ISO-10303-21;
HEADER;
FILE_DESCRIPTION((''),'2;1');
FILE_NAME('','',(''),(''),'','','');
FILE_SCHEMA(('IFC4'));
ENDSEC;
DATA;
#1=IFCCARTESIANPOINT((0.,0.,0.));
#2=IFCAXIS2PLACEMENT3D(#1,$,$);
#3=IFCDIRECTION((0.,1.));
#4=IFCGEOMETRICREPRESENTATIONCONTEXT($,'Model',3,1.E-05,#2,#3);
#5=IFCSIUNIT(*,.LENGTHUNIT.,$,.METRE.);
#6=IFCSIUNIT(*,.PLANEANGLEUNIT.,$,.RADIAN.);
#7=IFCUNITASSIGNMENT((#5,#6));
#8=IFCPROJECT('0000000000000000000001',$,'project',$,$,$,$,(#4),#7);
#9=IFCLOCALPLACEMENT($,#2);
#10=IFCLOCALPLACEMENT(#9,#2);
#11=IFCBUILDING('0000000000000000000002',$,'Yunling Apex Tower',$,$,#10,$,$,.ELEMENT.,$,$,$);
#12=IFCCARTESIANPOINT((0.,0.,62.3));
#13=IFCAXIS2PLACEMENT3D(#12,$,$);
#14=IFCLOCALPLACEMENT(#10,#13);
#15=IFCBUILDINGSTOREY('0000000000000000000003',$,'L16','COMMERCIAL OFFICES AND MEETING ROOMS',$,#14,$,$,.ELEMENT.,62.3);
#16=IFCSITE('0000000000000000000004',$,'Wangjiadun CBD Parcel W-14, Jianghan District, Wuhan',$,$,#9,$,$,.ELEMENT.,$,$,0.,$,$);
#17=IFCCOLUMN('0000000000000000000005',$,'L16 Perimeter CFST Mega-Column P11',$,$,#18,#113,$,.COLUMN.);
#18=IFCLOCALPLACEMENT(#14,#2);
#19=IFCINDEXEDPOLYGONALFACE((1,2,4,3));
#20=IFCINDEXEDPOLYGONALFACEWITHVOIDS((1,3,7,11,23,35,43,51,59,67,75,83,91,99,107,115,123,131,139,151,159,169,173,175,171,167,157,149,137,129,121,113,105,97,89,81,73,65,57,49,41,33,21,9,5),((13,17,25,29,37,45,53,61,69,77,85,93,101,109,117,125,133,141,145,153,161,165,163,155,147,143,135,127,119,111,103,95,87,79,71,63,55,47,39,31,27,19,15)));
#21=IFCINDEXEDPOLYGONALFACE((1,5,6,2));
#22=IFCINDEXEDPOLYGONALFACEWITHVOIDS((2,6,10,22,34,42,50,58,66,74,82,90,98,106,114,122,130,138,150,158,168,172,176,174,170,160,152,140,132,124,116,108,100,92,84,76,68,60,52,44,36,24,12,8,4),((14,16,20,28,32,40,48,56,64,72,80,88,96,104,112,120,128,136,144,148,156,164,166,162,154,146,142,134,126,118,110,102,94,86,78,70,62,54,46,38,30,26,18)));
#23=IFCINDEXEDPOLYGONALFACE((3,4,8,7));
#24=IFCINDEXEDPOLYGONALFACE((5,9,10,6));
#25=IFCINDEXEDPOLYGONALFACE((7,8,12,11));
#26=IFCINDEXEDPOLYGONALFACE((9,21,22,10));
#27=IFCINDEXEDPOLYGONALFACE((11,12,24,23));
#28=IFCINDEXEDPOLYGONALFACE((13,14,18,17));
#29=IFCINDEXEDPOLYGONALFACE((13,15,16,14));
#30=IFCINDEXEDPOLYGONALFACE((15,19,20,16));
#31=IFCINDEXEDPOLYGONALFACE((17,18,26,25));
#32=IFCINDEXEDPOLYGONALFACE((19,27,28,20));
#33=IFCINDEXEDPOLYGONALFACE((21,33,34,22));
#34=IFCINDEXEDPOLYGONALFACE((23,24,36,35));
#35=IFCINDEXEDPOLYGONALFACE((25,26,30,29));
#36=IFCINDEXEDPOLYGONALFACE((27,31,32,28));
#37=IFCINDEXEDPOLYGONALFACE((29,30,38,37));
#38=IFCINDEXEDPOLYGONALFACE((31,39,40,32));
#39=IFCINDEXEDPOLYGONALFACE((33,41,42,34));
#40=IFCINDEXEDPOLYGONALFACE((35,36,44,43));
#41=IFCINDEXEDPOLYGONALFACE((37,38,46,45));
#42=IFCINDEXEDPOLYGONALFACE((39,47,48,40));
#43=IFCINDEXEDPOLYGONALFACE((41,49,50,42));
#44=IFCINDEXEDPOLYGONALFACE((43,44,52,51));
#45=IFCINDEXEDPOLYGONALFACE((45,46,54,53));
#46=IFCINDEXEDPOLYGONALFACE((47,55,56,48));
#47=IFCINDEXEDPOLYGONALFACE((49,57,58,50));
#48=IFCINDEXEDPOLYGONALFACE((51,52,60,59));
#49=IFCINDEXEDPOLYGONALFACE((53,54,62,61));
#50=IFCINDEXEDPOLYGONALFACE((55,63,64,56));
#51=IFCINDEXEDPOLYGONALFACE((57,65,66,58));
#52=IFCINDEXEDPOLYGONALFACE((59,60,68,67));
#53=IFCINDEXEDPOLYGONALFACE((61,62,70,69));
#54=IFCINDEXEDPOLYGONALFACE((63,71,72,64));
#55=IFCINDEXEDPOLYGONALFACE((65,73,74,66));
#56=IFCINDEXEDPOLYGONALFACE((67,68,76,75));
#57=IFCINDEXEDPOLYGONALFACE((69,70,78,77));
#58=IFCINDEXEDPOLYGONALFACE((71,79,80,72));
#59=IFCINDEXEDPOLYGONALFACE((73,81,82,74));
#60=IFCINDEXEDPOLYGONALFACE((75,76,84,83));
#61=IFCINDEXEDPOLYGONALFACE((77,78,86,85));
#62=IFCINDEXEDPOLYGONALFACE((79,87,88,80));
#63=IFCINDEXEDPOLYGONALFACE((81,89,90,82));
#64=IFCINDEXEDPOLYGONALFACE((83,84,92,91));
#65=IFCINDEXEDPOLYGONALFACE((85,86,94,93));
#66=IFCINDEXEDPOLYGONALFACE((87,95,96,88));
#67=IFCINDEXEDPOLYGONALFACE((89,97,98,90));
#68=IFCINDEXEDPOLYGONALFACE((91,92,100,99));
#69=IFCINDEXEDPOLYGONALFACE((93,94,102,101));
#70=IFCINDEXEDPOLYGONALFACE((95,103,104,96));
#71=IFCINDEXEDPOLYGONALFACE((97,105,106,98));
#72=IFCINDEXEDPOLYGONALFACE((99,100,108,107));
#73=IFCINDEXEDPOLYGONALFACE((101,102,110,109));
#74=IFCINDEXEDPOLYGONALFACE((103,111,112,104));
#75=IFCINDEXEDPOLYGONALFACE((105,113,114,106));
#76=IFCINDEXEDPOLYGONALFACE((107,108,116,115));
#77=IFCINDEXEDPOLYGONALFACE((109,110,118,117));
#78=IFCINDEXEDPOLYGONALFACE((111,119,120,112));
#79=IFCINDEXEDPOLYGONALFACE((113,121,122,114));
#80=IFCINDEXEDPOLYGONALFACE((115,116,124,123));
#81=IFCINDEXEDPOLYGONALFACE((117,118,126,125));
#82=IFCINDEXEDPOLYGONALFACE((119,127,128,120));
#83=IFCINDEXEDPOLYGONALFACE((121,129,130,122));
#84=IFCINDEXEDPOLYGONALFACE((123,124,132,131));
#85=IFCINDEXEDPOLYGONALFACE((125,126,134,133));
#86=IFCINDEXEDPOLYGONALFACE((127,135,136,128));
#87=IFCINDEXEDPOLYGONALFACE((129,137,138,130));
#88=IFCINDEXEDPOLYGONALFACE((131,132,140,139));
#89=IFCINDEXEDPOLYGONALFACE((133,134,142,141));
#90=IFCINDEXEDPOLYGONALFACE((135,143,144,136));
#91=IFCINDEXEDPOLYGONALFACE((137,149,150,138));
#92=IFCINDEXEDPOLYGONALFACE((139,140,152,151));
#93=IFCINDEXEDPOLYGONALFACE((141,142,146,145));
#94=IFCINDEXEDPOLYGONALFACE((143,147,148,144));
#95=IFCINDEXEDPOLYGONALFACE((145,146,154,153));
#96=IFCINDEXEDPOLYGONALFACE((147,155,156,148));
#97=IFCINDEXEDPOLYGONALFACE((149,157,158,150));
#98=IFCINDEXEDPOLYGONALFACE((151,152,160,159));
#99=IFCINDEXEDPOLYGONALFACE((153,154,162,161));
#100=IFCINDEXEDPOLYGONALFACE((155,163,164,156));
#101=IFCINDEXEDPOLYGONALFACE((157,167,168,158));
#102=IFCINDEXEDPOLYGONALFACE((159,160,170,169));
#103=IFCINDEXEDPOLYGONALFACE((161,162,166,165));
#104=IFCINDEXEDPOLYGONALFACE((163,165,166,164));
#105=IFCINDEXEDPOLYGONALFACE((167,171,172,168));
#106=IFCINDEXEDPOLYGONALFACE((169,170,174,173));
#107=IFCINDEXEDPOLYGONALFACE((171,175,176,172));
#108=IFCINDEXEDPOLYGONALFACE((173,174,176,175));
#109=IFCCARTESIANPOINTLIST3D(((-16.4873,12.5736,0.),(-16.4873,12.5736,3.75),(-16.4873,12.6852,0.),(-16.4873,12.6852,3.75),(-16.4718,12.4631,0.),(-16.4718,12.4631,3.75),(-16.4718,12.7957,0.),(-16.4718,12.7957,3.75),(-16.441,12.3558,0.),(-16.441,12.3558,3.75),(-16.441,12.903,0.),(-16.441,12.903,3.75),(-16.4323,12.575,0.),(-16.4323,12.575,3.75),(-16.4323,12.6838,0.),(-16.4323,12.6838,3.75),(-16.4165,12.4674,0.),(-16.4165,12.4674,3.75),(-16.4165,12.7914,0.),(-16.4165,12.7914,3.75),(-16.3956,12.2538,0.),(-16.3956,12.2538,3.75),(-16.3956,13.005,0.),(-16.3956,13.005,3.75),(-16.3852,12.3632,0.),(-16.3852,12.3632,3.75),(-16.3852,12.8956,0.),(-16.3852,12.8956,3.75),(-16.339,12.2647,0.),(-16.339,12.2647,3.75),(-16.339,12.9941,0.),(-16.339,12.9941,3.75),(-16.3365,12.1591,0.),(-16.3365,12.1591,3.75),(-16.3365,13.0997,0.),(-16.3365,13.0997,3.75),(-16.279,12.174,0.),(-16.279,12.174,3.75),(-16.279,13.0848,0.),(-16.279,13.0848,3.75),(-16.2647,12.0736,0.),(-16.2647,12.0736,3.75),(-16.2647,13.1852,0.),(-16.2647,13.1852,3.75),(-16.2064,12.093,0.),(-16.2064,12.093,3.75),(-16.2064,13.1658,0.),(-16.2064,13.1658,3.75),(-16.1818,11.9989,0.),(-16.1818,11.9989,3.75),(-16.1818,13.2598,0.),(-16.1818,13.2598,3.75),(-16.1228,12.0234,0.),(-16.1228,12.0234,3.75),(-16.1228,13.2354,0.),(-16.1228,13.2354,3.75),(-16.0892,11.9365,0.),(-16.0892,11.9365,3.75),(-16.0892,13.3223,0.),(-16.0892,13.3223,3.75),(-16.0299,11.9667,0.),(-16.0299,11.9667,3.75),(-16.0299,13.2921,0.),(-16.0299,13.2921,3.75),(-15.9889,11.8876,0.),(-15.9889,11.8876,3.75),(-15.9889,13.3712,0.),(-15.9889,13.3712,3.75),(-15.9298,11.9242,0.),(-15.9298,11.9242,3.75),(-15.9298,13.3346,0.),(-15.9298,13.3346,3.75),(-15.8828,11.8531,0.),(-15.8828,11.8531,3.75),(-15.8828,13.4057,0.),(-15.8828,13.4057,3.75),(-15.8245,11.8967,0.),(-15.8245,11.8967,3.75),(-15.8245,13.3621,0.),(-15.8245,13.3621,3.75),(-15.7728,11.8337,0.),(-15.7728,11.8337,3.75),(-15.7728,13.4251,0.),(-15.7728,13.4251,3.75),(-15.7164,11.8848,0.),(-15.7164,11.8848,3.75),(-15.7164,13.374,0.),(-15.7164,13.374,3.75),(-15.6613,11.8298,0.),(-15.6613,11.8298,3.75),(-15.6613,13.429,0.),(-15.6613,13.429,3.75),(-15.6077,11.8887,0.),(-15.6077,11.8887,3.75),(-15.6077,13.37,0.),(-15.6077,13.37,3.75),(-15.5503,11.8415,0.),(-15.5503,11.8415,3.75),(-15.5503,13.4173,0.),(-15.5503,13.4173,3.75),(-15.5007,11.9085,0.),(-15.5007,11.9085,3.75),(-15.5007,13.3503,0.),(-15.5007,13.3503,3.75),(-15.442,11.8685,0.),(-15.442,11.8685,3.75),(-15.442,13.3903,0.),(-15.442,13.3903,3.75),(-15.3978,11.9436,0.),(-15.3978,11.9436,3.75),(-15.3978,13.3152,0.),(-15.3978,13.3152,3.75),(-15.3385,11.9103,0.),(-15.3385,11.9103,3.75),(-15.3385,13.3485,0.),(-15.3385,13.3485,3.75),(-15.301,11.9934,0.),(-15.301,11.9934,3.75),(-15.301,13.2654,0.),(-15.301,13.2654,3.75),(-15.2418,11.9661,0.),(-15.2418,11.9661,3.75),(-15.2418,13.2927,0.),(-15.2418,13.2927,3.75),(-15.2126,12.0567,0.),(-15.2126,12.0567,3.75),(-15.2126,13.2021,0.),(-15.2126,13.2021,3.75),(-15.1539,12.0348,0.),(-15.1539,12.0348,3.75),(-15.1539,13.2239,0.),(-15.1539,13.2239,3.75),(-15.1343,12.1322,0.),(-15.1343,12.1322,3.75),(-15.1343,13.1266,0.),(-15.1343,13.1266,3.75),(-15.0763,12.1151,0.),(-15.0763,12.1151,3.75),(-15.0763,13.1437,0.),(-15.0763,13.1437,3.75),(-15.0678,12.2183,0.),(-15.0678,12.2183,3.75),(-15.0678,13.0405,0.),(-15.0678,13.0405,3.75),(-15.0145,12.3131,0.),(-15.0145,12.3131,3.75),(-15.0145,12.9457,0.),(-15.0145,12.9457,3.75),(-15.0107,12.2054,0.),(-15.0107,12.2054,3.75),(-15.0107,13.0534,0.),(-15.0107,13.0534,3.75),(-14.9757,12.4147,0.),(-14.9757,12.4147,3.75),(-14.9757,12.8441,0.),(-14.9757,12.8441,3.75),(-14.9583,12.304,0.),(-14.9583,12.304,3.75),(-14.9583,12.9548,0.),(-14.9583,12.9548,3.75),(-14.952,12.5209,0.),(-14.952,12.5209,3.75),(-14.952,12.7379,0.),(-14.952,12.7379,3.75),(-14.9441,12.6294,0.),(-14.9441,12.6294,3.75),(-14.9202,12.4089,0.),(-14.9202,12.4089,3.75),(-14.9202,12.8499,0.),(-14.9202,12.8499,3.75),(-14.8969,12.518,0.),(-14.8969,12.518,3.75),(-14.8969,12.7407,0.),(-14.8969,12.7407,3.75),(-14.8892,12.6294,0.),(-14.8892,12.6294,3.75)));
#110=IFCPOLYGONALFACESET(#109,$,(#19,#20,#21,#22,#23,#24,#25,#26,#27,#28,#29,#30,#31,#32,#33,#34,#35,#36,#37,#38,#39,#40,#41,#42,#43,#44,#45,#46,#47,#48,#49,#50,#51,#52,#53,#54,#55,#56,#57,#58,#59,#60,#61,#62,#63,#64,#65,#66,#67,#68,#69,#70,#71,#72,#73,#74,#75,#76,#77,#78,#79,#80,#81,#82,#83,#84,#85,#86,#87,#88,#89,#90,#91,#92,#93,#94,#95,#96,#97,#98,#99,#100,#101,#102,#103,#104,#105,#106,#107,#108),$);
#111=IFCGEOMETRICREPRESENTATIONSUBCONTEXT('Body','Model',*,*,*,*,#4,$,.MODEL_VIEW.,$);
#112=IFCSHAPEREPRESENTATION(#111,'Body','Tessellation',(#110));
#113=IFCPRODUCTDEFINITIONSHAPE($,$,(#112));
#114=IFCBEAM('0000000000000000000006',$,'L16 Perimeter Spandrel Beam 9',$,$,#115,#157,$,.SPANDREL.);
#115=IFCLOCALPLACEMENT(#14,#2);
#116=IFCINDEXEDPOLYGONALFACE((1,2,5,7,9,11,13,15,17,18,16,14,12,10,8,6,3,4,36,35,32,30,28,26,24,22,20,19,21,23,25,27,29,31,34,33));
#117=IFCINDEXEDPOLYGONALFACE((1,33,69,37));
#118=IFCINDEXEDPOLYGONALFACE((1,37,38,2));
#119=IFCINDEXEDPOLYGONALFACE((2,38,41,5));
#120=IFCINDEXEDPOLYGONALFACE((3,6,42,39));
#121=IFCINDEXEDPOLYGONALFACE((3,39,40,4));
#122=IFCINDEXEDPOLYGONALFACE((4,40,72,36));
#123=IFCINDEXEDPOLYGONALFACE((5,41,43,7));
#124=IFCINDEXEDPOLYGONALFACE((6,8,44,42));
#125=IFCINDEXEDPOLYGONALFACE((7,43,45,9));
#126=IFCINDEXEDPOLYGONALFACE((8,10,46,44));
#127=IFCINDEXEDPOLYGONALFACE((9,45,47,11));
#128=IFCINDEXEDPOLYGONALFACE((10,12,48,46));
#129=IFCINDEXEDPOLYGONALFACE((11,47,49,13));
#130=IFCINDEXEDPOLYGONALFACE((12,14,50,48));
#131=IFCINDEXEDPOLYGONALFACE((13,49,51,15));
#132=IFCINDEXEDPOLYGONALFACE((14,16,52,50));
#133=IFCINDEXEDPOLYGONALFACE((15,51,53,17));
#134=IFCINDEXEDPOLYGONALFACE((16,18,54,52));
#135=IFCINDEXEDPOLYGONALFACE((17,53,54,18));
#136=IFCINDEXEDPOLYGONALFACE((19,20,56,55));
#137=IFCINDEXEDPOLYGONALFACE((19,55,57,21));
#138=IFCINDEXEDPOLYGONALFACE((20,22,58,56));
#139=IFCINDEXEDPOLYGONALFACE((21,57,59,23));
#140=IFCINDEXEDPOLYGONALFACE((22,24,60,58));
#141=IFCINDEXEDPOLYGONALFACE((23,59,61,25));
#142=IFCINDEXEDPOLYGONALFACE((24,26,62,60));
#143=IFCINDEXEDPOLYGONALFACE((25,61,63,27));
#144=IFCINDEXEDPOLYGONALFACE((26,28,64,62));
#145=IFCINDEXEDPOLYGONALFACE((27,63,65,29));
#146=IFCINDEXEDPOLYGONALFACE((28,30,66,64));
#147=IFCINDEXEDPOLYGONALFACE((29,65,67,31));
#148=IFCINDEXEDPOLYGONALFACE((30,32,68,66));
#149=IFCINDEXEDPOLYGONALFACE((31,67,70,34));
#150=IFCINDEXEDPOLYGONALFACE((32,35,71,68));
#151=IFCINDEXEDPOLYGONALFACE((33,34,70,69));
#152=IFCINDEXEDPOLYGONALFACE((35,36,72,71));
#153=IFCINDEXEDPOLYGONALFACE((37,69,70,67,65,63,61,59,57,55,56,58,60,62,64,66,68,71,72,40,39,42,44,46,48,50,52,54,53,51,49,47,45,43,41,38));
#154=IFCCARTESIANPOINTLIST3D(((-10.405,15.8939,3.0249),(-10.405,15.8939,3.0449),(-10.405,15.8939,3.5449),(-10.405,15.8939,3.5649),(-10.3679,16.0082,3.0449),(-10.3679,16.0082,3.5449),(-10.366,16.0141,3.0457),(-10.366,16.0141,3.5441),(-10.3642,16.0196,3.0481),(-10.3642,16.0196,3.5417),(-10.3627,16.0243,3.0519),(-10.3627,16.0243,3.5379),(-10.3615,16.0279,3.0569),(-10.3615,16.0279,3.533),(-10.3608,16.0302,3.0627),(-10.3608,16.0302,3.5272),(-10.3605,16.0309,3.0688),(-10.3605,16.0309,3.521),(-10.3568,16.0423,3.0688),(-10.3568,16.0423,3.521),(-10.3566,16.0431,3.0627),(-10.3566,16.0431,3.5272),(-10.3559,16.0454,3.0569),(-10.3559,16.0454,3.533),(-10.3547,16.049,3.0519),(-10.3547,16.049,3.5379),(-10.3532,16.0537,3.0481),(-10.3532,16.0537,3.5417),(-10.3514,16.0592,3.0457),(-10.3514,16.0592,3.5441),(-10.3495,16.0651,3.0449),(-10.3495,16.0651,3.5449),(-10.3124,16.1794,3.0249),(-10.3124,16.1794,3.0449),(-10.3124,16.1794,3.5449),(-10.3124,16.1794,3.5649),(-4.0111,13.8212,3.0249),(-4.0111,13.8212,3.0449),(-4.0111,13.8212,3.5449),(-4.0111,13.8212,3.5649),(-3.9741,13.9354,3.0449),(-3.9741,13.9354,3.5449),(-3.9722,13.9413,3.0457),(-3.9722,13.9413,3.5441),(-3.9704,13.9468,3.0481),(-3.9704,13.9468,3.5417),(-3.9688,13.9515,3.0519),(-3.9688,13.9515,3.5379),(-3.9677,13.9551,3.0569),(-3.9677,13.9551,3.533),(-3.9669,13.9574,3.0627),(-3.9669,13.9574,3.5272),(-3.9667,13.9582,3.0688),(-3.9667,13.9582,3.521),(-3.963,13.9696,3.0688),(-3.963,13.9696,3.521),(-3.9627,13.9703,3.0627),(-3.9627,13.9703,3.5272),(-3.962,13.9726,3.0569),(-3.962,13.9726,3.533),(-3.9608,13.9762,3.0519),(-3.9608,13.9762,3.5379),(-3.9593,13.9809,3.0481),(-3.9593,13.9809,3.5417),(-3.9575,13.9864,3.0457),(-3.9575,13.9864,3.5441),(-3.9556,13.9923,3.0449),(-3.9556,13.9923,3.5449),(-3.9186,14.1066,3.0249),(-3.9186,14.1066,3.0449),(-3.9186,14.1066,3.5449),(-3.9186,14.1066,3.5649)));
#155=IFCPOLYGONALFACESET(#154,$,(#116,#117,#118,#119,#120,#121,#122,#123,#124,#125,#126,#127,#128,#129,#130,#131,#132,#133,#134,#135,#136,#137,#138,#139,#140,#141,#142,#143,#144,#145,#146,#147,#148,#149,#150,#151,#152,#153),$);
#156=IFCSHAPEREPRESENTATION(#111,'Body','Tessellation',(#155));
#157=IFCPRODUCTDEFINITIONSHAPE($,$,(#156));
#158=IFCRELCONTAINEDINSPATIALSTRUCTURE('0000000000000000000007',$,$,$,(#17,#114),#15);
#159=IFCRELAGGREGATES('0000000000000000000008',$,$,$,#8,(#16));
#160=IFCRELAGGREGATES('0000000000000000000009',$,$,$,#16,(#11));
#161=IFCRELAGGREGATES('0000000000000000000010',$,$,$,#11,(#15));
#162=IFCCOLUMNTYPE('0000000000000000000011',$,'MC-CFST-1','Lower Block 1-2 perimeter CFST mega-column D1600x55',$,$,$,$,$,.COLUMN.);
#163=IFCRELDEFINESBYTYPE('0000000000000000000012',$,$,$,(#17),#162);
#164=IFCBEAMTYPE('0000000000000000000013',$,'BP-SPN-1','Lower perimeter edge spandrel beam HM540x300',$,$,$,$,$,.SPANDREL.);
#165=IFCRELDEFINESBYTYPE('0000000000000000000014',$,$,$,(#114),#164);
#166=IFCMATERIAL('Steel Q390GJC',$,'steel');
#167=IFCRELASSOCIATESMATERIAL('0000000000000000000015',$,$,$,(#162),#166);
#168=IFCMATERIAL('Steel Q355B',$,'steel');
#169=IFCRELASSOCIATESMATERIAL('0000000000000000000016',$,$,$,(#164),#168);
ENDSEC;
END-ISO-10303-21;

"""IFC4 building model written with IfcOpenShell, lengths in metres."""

from ifc_helpers import new_model, si_unit, direction, frame, origin, origin_2d, place, context, subcontext, project, spatial, hollow_circle, i_section, extrude, source, transform, mapped, material, material_profile, profile_set, type_object, element, save


model = new_model("IFC4")

# Units and contexts
model_context = context("Model", 3, precision=1e-05, world=origin(), true_north=direction((0.0, 1.0)))
body_context = subcontext(model_context, "Body", "Model", "MODEL_VIEW")
ifc_project = project(units=[si_unit("LENGTHUNIT", "METRE"), si_unit("PLANEANGLEUNIT", "RADIAN")], contexts=[model_context])

# Site, building, storey
site_placement = place(None, origin())
site = spatial("IfcSite", under=ifc_project, at=site_placement, Name="Wangjiadun CBD Parcel W-14, Jianghan District, Wuhan", CompositionType="ELEMENT", RefElevation=0.0)
building_placement = place(site_placement, origin())
building = spatial("IfcBuilding", under=site, at=building_placement, Name="Yunling Apex Tower", CompositionType="ELEMENT")
storey_placement = place(building_placement, frame((0.0, 0.0, 62.3)))
storey = spatial("IfcBuildingStorey", under=building, at=storey_placement, Name="L16", Description="COMMERCIAL OFFICES AND MEETING ROOMS", CompositionType="ELEMENT", Elevation=62.3)

# Column
ifc_material_1 = material(Name="Steel Q390GJC", Category="steel")
ifc_material_profile_1 = material_profile(ifc_material_1, hollow_circle(Radius=0.8, WallThickness=0.0549, at=origin_2d()))
ifc_profile_set_1 = profile_set([ifc_material_profile_1], Name="Steel Q390GJC")
column_type = type_object("IfcColumnType", Name="MC-CFST-1", Description="Lower Block 1-2 perimeter CFST mega-column D1600x55", PredefinedType="COLUMN", material=ifc_profile_set_1)
shared_shape_1 = source(origin(), body_context, "Body", "SweptSolid", [
    extrude(hollow_circle(Radius=0.8, WallThickness=0.0549, at=origin_2d()), origin(), (0.0, 0.0, 1.0), 3.75),
])
for number, where, z_axis, x_axis, name in (
    (1, (-15.6892, 12.6294, 0.0), (0.0, 0.0, 1.0), (1.0, 0.0, 0.0), "L16 Perimeter CFST Mega-Column P11"),
):
    element("IfcColumn", number, at=place(storey_placement, frame(where, z_axis=z_axis, x_axis=x_axis)), inside=storey, type_object=column_type, Name=name, PredefinedType="COLUMN", context=body_context, shape_type="MappedRepresentation", body=[
        mapped(shared_shape_1, transform((0.0, 0.0, 0.0), scale=1.0)),
    ])

# Beam
ifc_material_2 = material(Name="Steel Q355B", Category="steel")
ifc_material_profile_2 = material_profile(ifc_material_2, i_section(OverallWidth=0.3, OverallDepth=0.54, WebThickness=0.012, FlangeThickness=0.02, FilletRadius=0.0239, at=origin_2d()))
ifc_profile_set_2 = profile_set([ifc_material_profile_2], Name="Steel Q355B")
beam_type_1 = type_object("IfcBeamType", Name="BP-SPN-1", Description="Lower perimeter edge spandrel beam HM540x300", PredefinedType="SPANDREL", material=ifc_profile_set_2)
shared_shape_2 = source(origin(), body_context, "Body", "SweptSolid", [
    extrude(i_section(OverallWidth=0.3, OverallDepth=0.54, WebThickness=0.012, FlangeThickness=0.02, FilletRadius=0.0239, at=origin_2d()), origin(), (0.0, 0.0, 1.0), 6.7214),
])
beam_1_placement = place(storey_placement, frame((-3.9648, 13.9639, 3.2949), z_axis=(-0.951263, 0.308382, 0.0), x_axis=(-0.308382, -0.951263, 0.0)))
element("IfcBeam", 2, at=beam_1_placement, inside=storey, type_object=beam_type_1, Name="L16 Perimeter Spandrel Beam 9", PredefinedType="SPANDREL", context=body_context, shape_type="MappedRepresentation", body=[
    mapped(shared_shape_2, transform((0.0, 0.0, 0.0), scale=1.0)),
])

save(model, "model.ifc")
